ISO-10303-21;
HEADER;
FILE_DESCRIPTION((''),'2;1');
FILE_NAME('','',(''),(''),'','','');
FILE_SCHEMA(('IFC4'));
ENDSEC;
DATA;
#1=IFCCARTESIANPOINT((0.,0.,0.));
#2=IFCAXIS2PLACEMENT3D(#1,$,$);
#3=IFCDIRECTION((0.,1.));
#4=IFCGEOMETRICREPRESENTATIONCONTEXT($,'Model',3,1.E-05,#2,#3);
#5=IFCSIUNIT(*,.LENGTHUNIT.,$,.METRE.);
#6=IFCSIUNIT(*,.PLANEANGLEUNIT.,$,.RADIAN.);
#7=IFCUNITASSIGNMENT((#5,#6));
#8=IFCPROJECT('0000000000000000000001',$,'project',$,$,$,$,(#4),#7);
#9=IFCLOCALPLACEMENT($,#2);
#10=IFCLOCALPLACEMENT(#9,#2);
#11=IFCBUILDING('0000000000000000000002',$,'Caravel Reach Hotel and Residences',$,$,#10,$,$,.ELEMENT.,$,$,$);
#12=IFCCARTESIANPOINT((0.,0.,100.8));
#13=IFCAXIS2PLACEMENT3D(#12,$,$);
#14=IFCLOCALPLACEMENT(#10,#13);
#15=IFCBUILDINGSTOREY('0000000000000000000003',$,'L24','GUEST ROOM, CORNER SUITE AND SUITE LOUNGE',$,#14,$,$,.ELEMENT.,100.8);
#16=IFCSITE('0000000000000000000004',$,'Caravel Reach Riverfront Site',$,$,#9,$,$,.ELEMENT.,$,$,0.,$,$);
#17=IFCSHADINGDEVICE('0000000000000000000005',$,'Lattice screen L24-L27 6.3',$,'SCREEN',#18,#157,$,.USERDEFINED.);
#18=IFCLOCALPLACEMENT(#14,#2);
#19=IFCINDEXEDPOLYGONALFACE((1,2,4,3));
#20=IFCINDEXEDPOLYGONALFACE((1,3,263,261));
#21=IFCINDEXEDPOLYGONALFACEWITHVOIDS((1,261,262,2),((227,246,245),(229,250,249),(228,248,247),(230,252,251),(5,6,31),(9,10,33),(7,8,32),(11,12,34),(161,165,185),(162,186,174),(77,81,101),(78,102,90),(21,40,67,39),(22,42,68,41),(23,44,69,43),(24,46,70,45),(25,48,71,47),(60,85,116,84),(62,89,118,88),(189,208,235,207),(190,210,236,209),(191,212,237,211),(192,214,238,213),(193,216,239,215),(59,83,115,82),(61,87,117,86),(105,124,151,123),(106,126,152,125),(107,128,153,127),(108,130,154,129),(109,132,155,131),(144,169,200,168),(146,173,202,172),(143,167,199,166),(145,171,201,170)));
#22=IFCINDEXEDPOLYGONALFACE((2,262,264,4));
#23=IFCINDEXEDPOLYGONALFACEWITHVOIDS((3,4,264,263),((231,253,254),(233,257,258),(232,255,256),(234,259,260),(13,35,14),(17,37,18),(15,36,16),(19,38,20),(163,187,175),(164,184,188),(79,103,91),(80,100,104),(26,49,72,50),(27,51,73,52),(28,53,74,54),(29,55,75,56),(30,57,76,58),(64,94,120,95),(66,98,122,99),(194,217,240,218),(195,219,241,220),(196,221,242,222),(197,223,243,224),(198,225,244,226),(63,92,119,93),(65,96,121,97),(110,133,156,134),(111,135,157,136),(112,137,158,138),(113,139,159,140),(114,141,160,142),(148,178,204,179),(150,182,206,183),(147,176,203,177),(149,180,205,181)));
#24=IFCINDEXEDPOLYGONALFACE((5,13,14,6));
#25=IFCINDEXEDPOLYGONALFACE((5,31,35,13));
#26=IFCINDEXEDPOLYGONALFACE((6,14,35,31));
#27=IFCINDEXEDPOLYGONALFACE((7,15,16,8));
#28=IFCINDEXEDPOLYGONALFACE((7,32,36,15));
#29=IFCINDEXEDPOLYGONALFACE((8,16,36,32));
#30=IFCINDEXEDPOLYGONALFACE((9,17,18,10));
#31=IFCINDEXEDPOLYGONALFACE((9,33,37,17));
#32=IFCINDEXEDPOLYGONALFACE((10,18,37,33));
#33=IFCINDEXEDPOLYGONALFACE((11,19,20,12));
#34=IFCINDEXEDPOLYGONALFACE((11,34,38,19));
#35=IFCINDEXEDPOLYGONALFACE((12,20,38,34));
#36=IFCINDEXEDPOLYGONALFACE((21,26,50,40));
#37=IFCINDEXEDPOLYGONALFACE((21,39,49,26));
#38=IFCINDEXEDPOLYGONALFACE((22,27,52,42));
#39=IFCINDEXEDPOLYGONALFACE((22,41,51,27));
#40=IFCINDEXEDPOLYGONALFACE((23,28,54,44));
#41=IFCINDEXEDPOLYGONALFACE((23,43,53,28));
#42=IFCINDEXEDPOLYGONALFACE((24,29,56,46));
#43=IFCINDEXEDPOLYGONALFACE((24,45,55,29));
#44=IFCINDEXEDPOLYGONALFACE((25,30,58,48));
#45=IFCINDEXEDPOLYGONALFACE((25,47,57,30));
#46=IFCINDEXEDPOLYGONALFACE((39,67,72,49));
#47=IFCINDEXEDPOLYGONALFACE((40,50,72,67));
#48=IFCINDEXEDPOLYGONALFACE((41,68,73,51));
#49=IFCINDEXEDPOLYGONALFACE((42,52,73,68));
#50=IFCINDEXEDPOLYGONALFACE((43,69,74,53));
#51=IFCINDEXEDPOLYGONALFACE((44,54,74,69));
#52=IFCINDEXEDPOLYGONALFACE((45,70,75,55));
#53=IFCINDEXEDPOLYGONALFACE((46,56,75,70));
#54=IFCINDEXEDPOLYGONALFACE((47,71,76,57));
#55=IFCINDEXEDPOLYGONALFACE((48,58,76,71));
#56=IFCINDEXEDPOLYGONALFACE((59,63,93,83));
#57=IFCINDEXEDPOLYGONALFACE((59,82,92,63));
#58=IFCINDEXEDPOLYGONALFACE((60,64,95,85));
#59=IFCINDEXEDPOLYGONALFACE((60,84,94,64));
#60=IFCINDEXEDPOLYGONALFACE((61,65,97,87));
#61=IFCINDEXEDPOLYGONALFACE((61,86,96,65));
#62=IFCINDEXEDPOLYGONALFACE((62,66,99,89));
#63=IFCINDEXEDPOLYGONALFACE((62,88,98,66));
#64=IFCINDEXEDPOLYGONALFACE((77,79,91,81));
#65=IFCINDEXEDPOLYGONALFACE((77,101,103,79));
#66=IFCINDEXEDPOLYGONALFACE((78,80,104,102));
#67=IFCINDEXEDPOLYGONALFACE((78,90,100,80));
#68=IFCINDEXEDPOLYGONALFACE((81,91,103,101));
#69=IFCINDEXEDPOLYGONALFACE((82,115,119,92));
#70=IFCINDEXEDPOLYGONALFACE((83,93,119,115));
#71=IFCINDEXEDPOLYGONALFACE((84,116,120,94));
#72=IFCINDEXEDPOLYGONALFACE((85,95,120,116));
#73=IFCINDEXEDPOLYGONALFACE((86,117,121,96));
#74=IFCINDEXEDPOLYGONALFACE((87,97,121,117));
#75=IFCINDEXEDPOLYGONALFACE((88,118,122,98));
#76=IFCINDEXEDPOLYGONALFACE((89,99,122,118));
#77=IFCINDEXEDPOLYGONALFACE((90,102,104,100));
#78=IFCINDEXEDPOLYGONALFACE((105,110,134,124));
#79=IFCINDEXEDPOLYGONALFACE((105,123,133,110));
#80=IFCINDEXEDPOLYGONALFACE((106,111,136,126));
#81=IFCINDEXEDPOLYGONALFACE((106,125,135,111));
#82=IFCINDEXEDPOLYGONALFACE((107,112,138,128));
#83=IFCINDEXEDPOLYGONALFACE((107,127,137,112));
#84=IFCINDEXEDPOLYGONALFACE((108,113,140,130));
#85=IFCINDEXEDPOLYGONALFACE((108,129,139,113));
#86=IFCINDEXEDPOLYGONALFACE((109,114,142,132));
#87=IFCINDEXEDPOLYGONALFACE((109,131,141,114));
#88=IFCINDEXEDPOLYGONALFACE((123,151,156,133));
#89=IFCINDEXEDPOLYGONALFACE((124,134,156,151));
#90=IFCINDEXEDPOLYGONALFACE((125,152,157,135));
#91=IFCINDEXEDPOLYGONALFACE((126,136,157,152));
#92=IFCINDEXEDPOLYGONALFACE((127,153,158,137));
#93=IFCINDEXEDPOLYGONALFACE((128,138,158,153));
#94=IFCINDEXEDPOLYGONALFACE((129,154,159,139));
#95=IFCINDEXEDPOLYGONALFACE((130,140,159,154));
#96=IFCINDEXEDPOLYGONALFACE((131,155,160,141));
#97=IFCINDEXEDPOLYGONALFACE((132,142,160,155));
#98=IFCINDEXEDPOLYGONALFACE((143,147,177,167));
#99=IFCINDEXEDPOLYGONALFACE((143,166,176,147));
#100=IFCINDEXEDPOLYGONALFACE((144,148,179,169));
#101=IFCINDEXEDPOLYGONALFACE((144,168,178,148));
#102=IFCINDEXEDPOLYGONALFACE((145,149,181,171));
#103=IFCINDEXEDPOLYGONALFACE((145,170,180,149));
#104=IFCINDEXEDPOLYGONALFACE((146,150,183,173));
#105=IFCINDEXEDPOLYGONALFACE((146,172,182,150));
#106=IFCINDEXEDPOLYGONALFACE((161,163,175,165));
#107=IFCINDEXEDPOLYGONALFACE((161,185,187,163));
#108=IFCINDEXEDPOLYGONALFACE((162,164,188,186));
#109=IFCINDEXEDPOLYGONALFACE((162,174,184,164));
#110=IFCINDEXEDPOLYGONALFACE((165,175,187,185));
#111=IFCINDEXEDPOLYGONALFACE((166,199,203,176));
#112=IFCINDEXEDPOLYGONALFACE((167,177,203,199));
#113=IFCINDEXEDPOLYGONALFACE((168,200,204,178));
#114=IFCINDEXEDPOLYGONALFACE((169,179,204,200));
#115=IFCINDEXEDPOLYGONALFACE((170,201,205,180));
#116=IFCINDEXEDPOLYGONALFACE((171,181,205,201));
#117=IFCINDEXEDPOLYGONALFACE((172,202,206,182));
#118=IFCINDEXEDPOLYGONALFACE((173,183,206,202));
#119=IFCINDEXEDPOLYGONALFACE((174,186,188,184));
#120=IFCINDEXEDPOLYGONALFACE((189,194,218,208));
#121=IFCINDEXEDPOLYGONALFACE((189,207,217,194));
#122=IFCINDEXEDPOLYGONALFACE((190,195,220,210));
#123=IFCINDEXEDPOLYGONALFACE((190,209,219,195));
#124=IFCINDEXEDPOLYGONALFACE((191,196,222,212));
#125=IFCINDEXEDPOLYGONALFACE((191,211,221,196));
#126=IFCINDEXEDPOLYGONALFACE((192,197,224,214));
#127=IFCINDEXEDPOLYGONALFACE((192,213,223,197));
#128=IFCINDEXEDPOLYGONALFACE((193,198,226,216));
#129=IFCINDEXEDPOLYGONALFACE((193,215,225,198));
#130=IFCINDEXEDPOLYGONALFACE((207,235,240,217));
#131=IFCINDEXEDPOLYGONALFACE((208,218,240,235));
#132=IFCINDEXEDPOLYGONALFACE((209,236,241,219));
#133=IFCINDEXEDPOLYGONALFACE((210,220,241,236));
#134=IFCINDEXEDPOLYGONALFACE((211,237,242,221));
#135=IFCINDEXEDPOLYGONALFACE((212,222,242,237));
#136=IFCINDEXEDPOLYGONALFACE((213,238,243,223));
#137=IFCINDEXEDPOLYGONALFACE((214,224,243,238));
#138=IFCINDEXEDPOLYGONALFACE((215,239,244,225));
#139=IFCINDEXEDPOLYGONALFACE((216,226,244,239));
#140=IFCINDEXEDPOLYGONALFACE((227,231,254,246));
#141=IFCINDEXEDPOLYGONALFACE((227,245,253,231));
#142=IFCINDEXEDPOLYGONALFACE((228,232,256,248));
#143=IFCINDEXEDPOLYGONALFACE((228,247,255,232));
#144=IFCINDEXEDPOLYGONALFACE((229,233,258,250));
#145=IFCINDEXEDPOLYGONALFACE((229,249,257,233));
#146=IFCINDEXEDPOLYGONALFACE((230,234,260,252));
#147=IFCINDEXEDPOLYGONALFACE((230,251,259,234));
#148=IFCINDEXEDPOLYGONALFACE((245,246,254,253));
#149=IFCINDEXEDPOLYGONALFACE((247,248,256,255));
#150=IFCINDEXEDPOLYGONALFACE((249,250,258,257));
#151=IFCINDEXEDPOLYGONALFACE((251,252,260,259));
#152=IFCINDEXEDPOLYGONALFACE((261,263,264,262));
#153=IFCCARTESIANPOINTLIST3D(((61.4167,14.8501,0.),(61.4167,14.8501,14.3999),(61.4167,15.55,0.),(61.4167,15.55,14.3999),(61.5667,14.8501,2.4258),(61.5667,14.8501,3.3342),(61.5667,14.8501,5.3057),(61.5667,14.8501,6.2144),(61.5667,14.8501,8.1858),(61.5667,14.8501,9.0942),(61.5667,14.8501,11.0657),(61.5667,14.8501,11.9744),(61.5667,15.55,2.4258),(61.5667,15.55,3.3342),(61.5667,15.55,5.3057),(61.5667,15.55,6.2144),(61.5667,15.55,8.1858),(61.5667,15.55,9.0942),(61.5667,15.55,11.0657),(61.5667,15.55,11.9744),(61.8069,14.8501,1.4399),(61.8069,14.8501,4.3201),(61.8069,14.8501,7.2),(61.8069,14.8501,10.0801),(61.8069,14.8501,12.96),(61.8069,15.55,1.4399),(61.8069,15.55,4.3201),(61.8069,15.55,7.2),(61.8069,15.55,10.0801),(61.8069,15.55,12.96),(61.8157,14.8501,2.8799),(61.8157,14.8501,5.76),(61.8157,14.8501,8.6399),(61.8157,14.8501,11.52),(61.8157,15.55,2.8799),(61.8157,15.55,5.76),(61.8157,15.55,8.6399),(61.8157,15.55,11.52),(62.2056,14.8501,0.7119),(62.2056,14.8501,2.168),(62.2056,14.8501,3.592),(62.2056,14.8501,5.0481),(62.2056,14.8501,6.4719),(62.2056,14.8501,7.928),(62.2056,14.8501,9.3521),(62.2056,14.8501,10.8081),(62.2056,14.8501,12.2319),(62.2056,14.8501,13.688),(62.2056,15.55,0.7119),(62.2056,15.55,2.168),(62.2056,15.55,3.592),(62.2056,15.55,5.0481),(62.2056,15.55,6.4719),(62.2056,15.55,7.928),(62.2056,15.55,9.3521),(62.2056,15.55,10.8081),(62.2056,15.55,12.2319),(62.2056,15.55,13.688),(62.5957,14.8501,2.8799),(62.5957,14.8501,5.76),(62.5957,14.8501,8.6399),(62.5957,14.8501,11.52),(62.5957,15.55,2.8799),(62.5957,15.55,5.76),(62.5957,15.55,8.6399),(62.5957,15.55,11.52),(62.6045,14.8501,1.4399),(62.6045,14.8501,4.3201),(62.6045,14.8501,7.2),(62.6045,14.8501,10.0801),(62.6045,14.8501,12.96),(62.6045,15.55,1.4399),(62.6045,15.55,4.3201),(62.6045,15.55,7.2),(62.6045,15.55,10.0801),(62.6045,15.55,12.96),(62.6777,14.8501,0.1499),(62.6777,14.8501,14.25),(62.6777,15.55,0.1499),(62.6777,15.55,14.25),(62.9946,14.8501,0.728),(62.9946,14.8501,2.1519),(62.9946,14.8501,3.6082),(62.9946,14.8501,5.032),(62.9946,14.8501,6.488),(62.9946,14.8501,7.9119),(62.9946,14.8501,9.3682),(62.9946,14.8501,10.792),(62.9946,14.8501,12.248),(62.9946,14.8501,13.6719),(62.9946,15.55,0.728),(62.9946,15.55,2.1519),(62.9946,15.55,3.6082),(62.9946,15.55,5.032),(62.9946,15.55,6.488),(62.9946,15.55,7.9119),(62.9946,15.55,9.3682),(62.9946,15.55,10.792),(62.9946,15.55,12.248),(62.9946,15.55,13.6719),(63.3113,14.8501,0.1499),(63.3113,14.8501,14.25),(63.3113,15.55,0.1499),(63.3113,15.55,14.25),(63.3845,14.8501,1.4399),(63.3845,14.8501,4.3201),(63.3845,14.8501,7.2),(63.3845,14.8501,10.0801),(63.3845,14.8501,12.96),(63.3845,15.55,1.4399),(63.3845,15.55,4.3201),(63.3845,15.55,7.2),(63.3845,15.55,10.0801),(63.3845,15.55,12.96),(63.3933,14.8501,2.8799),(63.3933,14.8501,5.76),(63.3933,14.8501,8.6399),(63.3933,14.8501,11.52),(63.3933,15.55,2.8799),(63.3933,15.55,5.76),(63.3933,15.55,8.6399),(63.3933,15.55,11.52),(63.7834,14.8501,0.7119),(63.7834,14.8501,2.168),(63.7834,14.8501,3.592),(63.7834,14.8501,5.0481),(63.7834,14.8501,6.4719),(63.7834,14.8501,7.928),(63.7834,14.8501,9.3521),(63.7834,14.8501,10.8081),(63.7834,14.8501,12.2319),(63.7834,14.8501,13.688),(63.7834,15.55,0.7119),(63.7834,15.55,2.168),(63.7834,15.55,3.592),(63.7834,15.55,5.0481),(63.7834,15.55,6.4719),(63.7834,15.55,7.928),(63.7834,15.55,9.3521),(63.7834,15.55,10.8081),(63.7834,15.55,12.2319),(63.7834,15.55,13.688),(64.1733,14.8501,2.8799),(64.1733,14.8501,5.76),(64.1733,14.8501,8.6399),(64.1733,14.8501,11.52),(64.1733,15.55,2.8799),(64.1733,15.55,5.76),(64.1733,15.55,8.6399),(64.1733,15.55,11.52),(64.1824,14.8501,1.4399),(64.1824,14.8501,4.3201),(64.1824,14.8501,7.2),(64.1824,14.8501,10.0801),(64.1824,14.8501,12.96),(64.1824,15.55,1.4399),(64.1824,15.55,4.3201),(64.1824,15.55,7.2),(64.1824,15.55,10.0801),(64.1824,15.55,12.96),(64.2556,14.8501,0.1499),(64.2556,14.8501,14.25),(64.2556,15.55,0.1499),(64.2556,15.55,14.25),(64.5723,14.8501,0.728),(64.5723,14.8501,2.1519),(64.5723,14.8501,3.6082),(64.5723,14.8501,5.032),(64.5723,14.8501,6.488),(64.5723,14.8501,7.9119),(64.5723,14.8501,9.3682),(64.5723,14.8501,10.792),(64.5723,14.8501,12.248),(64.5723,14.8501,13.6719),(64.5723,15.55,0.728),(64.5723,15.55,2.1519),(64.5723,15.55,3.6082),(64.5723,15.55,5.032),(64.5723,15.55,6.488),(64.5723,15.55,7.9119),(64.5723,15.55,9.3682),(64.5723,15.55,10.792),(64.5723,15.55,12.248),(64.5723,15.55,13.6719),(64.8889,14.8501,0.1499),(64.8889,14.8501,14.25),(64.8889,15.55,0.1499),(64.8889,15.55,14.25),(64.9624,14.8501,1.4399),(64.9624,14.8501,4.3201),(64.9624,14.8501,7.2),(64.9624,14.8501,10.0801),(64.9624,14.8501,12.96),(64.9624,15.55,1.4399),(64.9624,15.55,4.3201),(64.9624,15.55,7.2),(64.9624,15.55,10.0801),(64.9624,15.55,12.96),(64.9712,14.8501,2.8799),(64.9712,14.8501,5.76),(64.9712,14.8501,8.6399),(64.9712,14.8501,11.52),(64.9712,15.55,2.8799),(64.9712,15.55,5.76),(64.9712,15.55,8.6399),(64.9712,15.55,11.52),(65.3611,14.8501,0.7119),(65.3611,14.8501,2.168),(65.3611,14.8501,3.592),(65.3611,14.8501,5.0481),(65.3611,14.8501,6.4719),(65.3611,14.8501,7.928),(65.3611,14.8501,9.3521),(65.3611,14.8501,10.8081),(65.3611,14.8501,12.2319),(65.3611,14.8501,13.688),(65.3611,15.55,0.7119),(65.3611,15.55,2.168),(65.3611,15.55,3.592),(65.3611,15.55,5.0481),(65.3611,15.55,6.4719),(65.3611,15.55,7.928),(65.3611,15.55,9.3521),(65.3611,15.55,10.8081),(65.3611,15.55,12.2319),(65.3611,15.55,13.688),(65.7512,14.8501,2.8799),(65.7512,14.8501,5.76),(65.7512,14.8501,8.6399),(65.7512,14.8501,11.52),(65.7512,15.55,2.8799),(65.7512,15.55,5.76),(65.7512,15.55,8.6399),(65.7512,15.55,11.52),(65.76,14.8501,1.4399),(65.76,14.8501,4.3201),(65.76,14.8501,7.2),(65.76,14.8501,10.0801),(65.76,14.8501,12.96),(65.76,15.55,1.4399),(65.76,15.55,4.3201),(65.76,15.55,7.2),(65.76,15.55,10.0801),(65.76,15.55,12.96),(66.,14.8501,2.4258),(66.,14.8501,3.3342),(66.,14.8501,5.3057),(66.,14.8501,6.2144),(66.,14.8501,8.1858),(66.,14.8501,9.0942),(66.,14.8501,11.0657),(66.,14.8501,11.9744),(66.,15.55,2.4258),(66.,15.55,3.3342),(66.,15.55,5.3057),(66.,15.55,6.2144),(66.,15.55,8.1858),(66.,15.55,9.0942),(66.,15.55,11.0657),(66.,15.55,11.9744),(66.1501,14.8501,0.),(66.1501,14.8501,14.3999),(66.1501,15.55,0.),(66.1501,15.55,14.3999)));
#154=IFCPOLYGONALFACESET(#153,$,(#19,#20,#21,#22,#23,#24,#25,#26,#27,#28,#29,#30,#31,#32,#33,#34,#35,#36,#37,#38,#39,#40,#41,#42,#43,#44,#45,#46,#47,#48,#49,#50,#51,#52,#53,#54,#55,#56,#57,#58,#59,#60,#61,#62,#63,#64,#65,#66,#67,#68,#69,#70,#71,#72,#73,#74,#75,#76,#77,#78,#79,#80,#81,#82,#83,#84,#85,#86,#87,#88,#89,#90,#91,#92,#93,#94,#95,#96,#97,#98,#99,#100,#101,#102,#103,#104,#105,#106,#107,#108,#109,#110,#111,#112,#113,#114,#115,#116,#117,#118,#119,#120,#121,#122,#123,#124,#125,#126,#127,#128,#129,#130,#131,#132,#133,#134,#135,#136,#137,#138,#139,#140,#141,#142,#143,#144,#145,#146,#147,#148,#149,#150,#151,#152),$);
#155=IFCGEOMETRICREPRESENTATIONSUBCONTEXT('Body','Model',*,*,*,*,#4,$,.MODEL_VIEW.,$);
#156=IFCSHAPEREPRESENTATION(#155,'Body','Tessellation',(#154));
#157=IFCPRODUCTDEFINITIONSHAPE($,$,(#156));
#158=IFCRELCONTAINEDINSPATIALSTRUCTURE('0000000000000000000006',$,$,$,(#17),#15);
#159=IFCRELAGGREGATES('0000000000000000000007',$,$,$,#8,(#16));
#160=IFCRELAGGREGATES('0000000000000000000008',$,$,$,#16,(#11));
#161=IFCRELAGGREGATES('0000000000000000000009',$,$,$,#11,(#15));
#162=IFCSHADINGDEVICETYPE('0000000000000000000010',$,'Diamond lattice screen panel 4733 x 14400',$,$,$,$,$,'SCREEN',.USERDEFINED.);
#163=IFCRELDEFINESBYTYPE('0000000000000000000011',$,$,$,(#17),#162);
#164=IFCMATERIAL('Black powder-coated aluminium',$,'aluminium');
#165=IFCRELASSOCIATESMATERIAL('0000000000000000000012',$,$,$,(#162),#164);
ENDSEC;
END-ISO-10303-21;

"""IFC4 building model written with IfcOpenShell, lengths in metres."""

from ifc_helpers import new_model, si_unit, direction, frame, origin, place, context, subcontext, project, spatial, polyline, outline, extrude, material, type_object, element, save


model = new_model("IFC4")

# Units and contexts
model_context = context("Model", 3, precision=1e-05, world=origin(), true_north=direction((0.0, 1.0)))
body_context = subcontext(model_context, "Body", "Model", "MODEL_VIEW")
ifc_project = project(units=[si_unit("LENGTHUNIT", "METRE"), si_unit("PLANEANGLEUNIT", "RADIAN")], contexts=[model_context])

# Site, building, storey
site_placement = place(None, origin())
site = spatial("IfcSite", under=ifc_project, at=site_placement, Name="Caravel Reach Riverfront Site", CompositionType="ELEMENT", RefElevation=0.0)
building_placement = place(site_placement, origin())
building = spatial("IfcBuilding", under=site, at=building_placement, Name="Caravel Reach Hotel and Residences", CompositionType="ELEMENT")
storey_placement = place(building_placement, frame((0.0, 0.0, 100.8)))
storey = spatial("IfcBuildingStorey", under=building, at=storey_placement, Name="L24", Description="GUEST ROOM, CORNER SUITE AND SUITE LOUNGE", CompositionType="ELEMENT", Elevation=100.8)

# Shading device
ifc_material_1 = material(Name="Black powder-coated aluminium", Category="aluminium")
shading_device_type_1 = type_object("IfcShadingDeviceType", Name="Diamond lattice screen panel 4733 x 14400", ElementType="SCREEN", PredefinedType="USERDEFINED", material=ifc_material_1)
shading_device_1_placement = place(storey_placement, frame((61.4167, 15.55, 0.0), z_axis=(0.0, -1.0, 0.0), x_axis=(1.0, 0.0, 0.0)))
element("IfcShadingDevice", 1, at=shading_device_1_placement, inside=storey, type_object=shading_device_type_1, Name="Lattice screen L24-L27 6.3", ObjectType="SCREEN", PredefinedType="USERDEFINED", context=body_context, shape_type="SweptSolid", body=[
    extrude(outline(polyline([(0.0, 0.0), (4.7334, 0.0), (4.7334, 14.3999), (0.0, 14.3999), (0.0, 0.0)]), holes=[polyline([(0.3989, 2.8799), (0.1499, 3.3342), (0.1499, 2.4258), (0.3989, 2.8799)]), polyline([(0.3989, 5.76), (0.1499, 6.2144), (0.1499, 5.3057), (0.3989, 5.76)]), polyline([(0.3989, 8.6399), (0.1499, 9.0942), (0.1499, 8.1858), (0.3989, 8.6399)]), polyline([(0.3989, 11.52), (0.1499, 11.9744), (0.1499, 11.0657), (0.3989, 11.52)]), polyline([(0.7888, 2.168), (0.3901, 1.4399), (0.7888, 0.7119), (1.1877, 1.4399), (0.7888, 2.168)]), polyline([(0.7888, 5.0481), (0.3901, 4.3201), (0.7888, 3.592), (1.1877, 4.3201), (0.7888, 5.0481)]), polyline([(0.7888, 7.928), (0.3901, 7.2), (0.7888, 6.4719), (1.1877, 7.2), (0.7888, 7.928)]), polyline([(0.7888, 10.8081), (0.3901, 10.0801), (0.7888, 9.3521), (1.1877, 10.0801), (0.7888, 10.8081)]), polyline([(0.7888, 13.688), (0.3901, 12.96), (0.7888, 12.2319), (1.1877, 12.96), (0.7888, 13.688)]), polyline([(1.5779, 0.728), (1.261, 0.1499), (1.8945, 0.1499), (1.5779, 0.728)]), polyline([(1.5779, 3.6082), (1.179, 2.8799), (1.5779, 2.1519), (1.9766, 2.8799), (1.5779, 3.6082)]), polyline([(1.5779, 6.488), (1.179, 5.76), (1.5779, 5.032), (1.9766, 5.76), (1.5779, 6.488)]), polyline([(1.5779, 9.3682), (1.179, 8.6399), (1.5779, 7.9119), (1.9766, 8.6399), (1.5779, 9.3682)]), polyline([(1.5779, 12.248), (1.179, 11.52), (1.5779, 10.792), (1.9766, 11.52), (1.5779, 12.248)]), polyline([(1.5779, 13.6719), (1.8945, 14.25), (1.261, 14.25), (1.5779, 13.6719)]), polyline([(2.3667, 2.168), (1.9678, 1.4399), (2.3667, 0.7119), (2.7656, 1.4399), (2.3667, 2.168)]), polyline([(2.3667, 5.0481), (1.9678, 4.3201), (2.3667, 3.592), (2.7656, 4.3201), (2.3667, 5.0481)]), polyline([(2.3667, 7.928), (1.9678, 7.2), (2.3667, 6.4719), (2.7656, 7.2), (2.3667, 7.928)]), polyline([(2.3667, 10.8081), (1.9678, 10.0801), (2.3667, 9.3521), (2.7656, 10.0801), (2.3667, 10.8081)]), polyline([(2.3667, 13.688), (1.9678, 12.96), (2.3667, 12.2319), (2.7656, 12.96), (2.3667, 13.688)]), polyline([(3.1555, 0.728), (2.8389, 0.1499), (3.4722, 0.1499), (3.1555, 0.728)]), polyline([(3.1555, 3.6082), (2.7566, 2.8799), (3.1555, 2.1519), (3.5544, 2.8799), (3.1555, 3.6082)]), polyline([(3.1555, 6.488), (2.7566, 5.76), (3.1555, 5.032), (3.5544, 5.76), (3.1555, 6.488)]), polyline([(3.1555, 9.3682), (2.7566, 8.6399), (3.1555, 7.9119), (3.5544, 8.6399), (3.1555, 9.3682)]), polyline([(3.1555, 12.248), (2.7566, 11.52), (3.1555, 10.792), (3.5544, 11.52), (3.1555, 12.248)]), polyline([(3.1555, 13.6719), (3.4722, 14.25), (2.8389, 14.25), (3.1555, 13.6719)]), polyline([(3.9443, 2.168), (3.5457, 1.4399), (3.9443, 0.7119), (4.3433, 1.4399), (3.9443, 2.168)]), polyline([(3.9443, 5.0481), (3.5457, 4.3201), (3.9443, 3.592), (4.3433, 4.3201), (3.9443, 5.0481)]), polyline([(3.9443, 7.928), (3.5457, 7.2), (3.9443, 6.4719), (4.3433, 7.2), (3.9443, 7.928)]), polyline([(3.9443, 10.8081), (3.5457, 10.0801), (3.9443, 9.3521), (4.3433, 10.0801), (3.9443, 10.8081)]), polyline([(3.9443, 13.688), (3.5457, 12.96), (3.9443, 12.2319), (4.3433, 12.96), (3.9443, 13.688)]), polyline([(4.3345, 2.8799), (4.5833, 2.4258), (4.5833, 3.3342), (4.3345, 2.8799)]), polyline([(4.3345, 5.76), (4.5833, 5.3057), (4.5833, 6.2144), (4.3345, 5.76)]), polyline([(4.3345, 8.6399), (4.5833, 8.1858), (4.5833, 9.0942), (4.3345, 8.6399)]), polyline([(4.3345, 11.52), (4.5833, 11.0657), (4.5833, 11.9744), (4.3345, 11.52)])]), origin(), (0.0, 0.0, 1.0), 0.7),
])

save(model, "model.ifc")
